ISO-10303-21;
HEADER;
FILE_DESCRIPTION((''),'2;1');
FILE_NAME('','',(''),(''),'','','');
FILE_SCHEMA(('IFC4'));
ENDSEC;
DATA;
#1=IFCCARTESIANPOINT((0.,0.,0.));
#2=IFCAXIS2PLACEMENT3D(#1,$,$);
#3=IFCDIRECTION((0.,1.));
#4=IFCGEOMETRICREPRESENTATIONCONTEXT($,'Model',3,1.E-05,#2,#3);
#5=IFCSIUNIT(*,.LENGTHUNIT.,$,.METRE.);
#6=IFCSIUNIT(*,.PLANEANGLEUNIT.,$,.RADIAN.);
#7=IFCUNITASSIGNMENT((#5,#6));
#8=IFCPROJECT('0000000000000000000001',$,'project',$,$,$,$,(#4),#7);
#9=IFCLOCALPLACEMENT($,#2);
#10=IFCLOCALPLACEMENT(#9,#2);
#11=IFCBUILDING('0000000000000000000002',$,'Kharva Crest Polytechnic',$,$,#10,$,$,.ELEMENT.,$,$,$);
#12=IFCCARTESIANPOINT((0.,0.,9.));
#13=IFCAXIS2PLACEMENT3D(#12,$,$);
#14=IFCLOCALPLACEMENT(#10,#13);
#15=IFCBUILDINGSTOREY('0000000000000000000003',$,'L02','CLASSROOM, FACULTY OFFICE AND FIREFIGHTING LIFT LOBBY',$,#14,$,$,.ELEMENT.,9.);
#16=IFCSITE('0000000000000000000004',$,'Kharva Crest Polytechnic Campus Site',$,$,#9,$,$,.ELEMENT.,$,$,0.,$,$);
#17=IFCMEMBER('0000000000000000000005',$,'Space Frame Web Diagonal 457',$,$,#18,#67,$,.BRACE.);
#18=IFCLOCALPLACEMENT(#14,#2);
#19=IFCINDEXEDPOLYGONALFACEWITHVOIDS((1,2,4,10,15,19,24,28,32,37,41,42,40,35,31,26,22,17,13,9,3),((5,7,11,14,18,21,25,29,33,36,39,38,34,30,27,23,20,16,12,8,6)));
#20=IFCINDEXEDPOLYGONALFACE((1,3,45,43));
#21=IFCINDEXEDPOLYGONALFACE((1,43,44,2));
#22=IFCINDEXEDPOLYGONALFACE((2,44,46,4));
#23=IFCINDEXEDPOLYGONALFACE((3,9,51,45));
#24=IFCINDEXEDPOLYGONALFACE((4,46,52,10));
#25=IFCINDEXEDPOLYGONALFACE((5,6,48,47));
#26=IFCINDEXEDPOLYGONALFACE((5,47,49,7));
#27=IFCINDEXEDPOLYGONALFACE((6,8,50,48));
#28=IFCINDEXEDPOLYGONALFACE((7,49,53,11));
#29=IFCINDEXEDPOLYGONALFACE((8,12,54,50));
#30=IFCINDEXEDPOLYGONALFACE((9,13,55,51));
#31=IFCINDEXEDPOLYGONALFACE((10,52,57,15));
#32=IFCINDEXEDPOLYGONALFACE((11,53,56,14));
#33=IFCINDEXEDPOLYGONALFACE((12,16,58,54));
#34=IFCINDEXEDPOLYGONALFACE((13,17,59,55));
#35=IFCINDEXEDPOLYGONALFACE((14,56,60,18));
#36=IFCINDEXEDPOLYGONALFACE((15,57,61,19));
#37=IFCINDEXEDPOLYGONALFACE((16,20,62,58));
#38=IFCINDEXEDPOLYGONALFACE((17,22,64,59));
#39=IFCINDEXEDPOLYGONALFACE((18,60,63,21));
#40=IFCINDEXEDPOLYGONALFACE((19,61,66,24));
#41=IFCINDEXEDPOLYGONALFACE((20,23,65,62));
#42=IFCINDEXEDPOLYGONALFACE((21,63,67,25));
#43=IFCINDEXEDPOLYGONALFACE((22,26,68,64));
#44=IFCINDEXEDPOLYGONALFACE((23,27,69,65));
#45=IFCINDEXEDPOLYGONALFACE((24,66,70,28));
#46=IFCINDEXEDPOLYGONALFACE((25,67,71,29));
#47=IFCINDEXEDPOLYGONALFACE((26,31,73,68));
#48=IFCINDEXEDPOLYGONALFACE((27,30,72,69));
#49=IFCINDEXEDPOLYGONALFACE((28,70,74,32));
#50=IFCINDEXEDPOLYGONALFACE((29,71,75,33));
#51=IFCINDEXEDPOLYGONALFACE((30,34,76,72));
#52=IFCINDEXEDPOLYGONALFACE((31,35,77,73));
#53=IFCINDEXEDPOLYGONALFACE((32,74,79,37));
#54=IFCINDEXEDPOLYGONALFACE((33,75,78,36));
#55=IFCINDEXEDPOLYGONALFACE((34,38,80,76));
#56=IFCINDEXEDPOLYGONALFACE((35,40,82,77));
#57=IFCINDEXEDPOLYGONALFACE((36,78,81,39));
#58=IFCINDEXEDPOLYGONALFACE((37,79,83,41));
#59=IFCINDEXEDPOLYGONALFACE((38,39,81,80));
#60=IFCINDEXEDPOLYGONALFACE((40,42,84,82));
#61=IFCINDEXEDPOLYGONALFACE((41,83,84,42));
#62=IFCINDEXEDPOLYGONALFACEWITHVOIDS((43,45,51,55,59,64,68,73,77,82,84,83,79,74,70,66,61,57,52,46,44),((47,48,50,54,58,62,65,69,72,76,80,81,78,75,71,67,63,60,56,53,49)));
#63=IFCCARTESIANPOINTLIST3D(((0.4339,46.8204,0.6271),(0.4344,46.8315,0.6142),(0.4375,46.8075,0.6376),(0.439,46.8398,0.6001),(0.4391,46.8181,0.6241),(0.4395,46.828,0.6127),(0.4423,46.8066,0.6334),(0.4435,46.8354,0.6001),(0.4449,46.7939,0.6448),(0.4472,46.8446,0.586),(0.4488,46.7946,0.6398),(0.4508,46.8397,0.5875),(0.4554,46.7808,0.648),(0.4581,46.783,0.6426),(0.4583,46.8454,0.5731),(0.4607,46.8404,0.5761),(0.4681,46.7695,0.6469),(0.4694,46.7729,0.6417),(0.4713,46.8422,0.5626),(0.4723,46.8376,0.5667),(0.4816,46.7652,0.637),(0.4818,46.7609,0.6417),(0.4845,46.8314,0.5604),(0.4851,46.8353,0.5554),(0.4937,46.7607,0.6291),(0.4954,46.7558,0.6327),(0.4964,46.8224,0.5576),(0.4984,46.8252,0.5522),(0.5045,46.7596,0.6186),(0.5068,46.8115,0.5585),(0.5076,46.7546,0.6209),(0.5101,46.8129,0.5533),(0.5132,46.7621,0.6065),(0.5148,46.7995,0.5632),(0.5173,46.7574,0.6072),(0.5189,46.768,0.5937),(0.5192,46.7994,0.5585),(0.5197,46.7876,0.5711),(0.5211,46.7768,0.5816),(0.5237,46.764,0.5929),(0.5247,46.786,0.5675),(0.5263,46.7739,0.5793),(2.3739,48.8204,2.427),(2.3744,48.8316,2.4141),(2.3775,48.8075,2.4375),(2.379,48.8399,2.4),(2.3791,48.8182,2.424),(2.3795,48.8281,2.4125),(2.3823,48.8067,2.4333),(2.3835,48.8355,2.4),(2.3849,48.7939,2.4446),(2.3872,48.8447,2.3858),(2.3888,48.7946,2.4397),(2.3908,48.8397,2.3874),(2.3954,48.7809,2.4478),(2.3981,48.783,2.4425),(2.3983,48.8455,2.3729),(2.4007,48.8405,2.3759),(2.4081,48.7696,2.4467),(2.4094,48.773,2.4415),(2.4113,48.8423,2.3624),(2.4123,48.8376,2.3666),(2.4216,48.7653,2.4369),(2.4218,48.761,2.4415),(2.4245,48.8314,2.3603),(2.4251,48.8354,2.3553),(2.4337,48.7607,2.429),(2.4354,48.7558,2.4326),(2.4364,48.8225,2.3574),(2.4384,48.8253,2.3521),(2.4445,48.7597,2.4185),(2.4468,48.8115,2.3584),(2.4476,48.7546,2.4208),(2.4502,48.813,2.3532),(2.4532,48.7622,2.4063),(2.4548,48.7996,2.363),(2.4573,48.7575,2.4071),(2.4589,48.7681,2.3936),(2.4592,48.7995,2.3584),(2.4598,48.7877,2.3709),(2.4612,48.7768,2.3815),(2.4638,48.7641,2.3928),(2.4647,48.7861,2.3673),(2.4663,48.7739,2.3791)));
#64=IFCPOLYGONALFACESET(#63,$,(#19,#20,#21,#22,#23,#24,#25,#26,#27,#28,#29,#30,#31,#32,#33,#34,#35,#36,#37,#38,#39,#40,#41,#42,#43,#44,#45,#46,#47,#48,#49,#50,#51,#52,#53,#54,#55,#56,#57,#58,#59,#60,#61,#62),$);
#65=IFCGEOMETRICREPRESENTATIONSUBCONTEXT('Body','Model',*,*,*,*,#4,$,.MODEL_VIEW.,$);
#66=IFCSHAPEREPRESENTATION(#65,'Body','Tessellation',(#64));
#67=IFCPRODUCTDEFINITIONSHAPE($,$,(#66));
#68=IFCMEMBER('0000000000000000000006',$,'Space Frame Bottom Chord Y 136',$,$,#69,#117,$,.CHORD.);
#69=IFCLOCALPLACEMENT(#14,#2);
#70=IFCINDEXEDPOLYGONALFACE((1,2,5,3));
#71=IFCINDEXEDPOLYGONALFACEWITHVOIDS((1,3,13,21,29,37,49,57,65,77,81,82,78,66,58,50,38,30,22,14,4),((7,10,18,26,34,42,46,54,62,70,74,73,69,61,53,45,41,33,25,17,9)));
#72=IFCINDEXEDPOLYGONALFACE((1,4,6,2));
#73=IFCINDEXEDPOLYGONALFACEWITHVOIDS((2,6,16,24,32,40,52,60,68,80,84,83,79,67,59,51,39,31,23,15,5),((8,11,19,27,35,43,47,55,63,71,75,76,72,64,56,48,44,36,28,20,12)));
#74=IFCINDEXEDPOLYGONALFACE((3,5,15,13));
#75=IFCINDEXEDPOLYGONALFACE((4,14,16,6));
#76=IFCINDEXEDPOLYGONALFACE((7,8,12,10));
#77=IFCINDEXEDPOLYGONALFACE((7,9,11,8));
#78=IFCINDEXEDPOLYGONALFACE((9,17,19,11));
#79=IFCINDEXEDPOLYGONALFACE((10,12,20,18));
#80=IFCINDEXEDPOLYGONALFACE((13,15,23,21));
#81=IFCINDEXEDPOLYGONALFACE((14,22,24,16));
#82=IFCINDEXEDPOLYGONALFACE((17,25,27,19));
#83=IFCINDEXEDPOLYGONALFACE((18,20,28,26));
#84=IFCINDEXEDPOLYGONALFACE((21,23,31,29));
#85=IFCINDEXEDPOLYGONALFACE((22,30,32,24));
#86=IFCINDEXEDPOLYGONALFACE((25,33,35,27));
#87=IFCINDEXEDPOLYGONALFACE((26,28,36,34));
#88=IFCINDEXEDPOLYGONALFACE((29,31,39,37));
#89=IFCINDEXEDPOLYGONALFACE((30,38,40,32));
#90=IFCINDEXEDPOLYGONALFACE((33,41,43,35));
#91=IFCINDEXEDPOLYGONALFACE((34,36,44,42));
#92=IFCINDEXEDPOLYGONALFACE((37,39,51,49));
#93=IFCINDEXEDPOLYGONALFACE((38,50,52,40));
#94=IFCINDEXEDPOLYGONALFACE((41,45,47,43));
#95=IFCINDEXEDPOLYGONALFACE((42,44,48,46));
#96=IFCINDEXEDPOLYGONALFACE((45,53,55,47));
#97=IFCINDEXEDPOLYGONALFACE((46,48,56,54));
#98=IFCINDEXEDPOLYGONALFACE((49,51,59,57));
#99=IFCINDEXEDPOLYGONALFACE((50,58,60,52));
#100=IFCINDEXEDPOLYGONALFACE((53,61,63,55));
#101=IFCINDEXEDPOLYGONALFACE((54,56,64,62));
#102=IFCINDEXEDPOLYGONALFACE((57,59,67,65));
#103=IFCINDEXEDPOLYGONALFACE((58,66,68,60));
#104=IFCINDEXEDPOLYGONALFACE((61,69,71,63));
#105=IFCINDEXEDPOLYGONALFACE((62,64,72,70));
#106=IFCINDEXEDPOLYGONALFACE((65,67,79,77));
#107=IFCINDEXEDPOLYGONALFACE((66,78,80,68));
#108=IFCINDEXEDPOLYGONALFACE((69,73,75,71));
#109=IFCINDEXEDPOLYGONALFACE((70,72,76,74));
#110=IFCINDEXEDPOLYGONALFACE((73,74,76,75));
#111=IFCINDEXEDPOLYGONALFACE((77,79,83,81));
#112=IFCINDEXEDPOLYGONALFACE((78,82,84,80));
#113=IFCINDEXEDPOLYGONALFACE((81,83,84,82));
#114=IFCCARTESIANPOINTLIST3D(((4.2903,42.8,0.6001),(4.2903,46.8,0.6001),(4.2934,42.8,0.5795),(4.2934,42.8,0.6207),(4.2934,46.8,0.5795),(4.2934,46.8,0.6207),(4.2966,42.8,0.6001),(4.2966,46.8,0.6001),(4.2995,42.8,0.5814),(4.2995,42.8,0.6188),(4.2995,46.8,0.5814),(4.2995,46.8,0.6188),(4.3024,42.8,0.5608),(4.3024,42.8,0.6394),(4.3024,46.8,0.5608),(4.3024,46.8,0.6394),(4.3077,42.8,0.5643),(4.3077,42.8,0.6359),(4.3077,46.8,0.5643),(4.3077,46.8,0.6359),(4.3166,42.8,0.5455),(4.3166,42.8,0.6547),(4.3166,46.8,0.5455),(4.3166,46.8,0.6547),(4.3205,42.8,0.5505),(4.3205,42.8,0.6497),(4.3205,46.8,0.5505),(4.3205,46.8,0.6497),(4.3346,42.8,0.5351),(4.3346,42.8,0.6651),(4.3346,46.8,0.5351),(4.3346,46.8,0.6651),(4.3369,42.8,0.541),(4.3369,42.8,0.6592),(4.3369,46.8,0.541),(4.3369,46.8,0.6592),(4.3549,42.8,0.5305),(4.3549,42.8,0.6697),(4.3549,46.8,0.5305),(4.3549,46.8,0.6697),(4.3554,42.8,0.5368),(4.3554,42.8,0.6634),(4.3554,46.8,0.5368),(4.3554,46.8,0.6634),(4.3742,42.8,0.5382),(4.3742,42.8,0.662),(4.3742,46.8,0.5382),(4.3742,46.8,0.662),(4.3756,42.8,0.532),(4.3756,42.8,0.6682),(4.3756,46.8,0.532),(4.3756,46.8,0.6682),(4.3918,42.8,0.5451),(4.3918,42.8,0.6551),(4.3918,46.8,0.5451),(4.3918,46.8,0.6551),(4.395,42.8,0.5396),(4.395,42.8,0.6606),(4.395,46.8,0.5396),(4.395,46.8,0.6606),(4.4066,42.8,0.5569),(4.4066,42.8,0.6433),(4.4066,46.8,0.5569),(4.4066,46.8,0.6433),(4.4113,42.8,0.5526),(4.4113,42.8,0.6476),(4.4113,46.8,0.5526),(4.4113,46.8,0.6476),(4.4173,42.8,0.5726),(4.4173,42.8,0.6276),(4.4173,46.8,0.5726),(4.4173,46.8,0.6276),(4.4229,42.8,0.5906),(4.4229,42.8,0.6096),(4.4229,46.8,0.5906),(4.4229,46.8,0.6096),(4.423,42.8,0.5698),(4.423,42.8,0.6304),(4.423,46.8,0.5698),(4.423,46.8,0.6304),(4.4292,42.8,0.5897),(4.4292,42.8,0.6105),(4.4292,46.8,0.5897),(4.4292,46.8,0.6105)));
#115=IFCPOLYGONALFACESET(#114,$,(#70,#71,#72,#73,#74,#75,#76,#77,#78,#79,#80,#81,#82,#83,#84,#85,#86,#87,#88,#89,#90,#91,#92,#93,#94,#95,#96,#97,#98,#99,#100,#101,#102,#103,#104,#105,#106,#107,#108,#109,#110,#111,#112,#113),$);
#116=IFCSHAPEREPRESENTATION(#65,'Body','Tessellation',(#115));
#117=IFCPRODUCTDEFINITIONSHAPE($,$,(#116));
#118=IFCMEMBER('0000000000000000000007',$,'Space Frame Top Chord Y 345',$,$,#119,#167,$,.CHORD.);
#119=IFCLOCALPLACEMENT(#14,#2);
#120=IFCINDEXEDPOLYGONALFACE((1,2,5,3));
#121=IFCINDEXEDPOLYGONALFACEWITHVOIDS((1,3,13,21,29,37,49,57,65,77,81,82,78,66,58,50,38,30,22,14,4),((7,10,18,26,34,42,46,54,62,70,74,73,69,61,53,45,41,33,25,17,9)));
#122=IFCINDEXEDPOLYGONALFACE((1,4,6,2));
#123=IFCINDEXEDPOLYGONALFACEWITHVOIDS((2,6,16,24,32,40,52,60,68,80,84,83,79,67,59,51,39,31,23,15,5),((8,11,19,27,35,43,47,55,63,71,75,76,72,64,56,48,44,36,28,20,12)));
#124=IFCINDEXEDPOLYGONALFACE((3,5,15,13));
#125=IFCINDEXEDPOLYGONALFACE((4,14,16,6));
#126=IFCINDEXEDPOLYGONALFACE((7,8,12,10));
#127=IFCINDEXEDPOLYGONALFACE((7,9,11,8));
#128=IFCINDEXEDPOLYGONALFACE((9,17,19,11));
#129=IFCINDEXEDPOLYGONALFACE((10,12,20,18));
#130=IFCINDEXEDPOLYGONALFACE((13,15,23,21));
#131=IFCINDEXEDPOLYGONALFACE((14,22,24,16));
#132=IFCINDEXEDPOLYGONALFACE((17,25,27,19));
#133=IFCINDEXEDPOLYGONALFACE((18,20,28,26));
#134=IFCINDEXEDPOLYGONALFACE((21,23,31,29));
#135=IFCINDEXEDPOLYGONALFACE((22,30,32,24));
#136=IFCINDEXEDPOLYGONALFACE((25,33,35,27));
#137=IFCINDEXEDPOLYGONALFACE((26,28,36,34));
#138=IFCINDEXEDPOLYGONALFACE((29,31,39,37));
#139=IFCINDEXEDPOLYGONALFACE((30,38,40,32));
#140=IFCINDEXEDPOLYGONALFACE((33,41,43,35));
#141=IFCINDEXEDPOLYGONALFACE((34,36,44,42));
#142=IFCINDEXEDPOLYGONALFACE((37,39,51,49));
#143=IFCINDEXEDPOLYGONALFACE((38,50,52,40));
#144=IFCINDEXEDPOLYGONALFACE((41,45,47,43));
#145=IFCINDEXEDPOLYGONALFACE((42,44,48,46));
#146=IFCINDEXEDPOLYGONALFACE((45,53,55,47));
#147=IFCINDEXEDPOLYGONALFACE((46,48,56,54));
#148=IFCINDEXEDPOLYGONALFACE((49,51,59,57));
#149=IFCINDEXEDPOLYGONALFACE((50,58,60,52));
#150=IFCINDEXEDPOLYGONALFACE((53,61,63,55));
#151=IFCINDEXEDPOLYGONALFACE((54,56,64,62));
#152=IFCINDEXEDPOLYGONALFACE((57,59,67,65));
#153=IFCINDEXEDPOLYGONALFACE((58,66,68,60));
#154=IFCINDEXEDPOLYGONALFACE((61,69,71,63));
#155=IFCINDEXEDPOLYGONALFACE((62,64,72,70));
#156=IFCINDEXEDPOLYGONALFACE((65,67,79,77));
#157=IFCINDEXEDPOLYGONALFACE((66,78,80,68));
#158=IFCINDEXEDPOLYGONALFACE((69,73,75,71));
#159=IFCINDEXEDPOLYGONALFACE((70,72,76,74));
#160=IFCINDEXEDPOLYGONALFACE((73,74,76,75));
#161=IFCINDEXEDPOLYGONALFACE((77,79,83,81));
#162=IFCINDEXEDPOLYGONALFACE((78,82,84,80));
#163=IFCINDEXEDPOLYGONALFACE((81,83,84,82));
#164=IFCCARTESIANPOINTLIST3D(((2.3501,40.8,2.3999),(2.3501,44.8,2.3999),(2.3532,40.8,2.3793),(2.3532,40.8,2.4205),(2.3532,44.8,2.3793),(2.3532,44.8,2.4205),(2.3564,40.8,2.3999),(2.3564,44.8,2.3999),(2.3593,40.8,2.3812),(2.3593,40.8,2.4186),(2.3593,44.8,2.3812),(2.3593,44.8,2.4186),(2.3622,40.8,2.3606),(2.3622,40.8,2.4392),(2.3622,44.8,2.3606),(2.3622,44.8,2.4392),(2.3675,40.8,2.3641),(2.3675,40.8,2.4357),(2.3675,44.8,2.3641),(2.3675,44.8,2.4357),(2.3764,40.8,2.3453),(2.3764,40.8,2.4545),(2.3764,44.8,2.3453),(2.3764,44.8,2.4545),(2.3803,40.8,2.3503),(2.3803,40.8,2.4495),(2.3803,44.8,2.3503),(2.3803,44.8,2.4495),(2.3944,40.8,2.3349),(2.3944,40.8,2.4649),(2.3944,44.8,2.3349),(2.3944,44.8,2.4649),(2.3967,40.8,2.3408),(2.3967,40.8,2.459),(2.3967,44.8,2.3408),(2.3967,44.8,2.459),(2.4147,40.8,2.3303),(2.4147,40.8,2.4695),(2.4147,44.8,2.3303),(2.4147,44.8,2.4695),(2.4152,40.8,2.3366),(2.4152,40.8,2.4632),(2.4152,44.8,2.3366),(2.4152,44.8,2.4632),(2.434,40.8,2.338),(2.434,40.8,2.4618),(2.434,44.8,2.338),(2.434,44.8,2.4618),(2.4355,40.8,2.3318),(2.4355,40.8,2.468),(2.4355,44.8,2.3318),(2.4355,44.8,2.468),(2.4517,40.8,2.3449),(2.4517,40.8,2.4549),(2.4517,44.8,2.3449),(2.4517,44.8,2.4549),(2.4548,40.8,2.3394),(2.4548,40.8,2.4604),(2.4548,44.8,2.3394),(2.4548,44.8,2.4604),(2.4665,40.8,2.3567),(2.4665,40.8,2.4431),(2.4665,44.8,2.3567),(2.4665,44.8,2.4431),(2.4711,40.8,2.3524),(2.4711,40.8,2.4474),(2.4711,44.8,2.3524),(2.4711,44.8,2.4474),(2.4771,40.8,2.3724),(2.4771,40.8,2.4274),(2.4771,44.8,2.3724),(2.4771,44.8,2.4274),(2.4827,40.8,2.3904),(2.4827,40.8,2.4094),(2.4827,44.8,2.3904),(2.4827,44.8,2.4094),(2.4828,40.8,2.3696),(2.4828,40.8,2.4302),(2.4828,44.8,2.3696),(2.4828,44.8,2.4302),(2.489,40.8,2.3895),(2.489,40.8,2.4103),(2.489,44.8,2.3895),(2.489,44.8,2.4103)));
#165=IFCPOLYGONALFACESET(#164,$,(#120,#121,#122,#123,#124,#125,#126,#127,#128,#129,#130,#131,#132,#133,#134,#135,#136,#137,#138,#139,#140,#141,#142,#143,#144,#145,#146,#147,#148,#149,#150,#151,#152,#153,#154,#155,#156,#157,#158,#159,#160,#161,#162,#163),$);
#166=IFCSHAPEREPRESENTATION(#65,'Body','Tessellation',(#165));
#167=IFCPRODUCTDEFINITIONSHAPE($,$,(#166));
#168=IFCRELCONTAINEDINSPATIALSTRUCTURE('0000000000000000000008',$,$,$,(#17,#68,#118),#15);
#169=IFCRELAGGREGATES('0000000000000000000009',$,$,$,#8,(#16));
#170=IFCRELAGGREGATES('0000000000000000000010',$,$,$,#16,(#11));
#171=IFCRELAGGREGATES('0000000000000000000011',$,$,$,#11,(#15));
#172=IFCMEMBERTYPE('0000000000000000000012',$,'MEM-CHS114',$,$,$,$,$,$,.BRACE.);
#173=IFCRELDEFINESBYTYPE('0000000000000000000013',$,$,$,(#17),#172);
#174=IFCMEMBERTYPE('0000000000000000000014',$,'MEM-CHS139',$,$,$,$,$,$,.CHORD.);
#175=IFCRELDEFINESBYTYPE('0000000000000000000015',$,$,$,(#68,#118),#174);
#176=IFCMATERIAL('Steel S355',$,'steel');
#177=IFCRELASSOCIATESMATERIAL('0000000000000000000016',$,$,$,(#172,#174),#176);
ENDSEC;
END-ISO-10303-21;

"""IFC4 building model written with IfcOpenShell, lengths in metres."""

from ifc_helpers import new_model, si_unit, direction, frame, origin, origin_2d, place, context, subcontext, project, spatial, hollow_circle, extrude, material, material_profile, profile_set, type_object, element, save


model = new_model("IFC4")

# Units and contexts
model_context = context("Model", 3, precision=1e-05, world=origin(), true_north=direction((0.0, 1.0)))
body_context = subcontext(model_context, "Body", "Model", "MODEL_VIEW")
ifc_project = project(units=[si_unit("LENGTHUNIT", "METRE"), si_unit("PLANEANGLEUNIT", "RADIAN")], contexts=[model_context])

# Site, building, storey
site_placement = place(None, origin())
site = spatial("IfcSite", under=ifc_project, at=site_placement, Name="Kharva Crest Polytechnic Campus Site", CompositionType="ELEMENT", RefElevation=0.0)
building_placement = place(site_placement, origin())
building = spatial("IfcBuilding", under=site, at=building_placement, Name="Kharva Crest Polytechnic", CompositionType="ELEMENT")
storey_placement = place(building_placement, frame((0.0, 0.0, 9.0)))
storey = spatial("IfcBuildingStorey", under=building, at=storey_placement, Name="L02", Description="CLASSROOM, FACULTY OFFICE AND FIREFIGHTING LIFT LOBBY", CompositionType="ELEMENT", Elevation=9.0)

# Shared definitions
ifc_material_1 = material(Name="Steel S355", Category="steel")

# Members
ifc_material_profile_1 = material_profile(ifc_material_1, hollow_circle(Radius=0.0571, WallThickness=0.0063, at=origin_2d()), Name="CHS 114.3X6.3")
ifc_profile_set_1 = profile_set([ifc_material_profile_1], Name="Steel S355")
member_type_1 = type_object("IfcMemberType", Name="MEM-CHS114", PredefinedType="BRACE", material=ifc_profile_set_1)
for number, where, z_axis, x_axis, name in (
    (1, (0.48, 46.8, 0.6001), (0.584843, 0.60295, 0.542596), (-0.717802, 0.696247, 0.0), "Space Frame Web Diagonal 457"),
):
    element("IfcMember", number, at=place(storey_placement, frame(where, z_axis=z_axis, x_axis=x_axis)), inside=storey, type_object=member_type_1, Name=name, PredefinedType="BRACE", context=body_context, shape_type="SweptSolid", body=[
        extrude(hollow_circle(Radius=0.0571, WallThickness=0.0063, at=origin_2d()), origin(), (0.0, 0.0, 1.0), 3.3171),
    ])
ifc_material_profile_2 = material_profile(ifc_material_1, hollow_circle(Radius=0.0698, WallThickness=0.0063, at=origin_2d()), Name="CHS 139.7X6.3")
ifc_profile_set_2 = profile_set([ifc_material_profile_2], Name="Steel S355")
member_type_2 = type_object("IfcMemberType", Name="MEM-CHS139", PredefinedType="CHORD", material=ifc_profile_set_2)
for number, where, z_axis, x_axis, name in (
    (2, (4.3601, 42.8, 0.6001), (0.0, 1.0, 0.0), (-1.0, 0.0, 0.0), "Space Frame Bottom Chord Y 136"),
    (3, (2.4199, 40.8, 2.3999), (0.0, 1.0, 0.0), (-1.0, 0.0, 0.0), "Space Frame Top Chord Y 345"),
):
    element("IfcMember", number, at=place(storey_placement, frame(where, z_axis=z_axis, x_axis=x_axis)), inside=storey, type_object=member_type_2, Name=name, PredefinedType="CHORD", context=body_context, shape_type="SweptSolid", body=[
        extrude(hollow_circle(Radius=0.0698, WallThickness=0.0063, at=origin_2d()), origin(), (0.0, 0.0, 1.0), 4.0),
    ])

save(model, "model.ifc")
